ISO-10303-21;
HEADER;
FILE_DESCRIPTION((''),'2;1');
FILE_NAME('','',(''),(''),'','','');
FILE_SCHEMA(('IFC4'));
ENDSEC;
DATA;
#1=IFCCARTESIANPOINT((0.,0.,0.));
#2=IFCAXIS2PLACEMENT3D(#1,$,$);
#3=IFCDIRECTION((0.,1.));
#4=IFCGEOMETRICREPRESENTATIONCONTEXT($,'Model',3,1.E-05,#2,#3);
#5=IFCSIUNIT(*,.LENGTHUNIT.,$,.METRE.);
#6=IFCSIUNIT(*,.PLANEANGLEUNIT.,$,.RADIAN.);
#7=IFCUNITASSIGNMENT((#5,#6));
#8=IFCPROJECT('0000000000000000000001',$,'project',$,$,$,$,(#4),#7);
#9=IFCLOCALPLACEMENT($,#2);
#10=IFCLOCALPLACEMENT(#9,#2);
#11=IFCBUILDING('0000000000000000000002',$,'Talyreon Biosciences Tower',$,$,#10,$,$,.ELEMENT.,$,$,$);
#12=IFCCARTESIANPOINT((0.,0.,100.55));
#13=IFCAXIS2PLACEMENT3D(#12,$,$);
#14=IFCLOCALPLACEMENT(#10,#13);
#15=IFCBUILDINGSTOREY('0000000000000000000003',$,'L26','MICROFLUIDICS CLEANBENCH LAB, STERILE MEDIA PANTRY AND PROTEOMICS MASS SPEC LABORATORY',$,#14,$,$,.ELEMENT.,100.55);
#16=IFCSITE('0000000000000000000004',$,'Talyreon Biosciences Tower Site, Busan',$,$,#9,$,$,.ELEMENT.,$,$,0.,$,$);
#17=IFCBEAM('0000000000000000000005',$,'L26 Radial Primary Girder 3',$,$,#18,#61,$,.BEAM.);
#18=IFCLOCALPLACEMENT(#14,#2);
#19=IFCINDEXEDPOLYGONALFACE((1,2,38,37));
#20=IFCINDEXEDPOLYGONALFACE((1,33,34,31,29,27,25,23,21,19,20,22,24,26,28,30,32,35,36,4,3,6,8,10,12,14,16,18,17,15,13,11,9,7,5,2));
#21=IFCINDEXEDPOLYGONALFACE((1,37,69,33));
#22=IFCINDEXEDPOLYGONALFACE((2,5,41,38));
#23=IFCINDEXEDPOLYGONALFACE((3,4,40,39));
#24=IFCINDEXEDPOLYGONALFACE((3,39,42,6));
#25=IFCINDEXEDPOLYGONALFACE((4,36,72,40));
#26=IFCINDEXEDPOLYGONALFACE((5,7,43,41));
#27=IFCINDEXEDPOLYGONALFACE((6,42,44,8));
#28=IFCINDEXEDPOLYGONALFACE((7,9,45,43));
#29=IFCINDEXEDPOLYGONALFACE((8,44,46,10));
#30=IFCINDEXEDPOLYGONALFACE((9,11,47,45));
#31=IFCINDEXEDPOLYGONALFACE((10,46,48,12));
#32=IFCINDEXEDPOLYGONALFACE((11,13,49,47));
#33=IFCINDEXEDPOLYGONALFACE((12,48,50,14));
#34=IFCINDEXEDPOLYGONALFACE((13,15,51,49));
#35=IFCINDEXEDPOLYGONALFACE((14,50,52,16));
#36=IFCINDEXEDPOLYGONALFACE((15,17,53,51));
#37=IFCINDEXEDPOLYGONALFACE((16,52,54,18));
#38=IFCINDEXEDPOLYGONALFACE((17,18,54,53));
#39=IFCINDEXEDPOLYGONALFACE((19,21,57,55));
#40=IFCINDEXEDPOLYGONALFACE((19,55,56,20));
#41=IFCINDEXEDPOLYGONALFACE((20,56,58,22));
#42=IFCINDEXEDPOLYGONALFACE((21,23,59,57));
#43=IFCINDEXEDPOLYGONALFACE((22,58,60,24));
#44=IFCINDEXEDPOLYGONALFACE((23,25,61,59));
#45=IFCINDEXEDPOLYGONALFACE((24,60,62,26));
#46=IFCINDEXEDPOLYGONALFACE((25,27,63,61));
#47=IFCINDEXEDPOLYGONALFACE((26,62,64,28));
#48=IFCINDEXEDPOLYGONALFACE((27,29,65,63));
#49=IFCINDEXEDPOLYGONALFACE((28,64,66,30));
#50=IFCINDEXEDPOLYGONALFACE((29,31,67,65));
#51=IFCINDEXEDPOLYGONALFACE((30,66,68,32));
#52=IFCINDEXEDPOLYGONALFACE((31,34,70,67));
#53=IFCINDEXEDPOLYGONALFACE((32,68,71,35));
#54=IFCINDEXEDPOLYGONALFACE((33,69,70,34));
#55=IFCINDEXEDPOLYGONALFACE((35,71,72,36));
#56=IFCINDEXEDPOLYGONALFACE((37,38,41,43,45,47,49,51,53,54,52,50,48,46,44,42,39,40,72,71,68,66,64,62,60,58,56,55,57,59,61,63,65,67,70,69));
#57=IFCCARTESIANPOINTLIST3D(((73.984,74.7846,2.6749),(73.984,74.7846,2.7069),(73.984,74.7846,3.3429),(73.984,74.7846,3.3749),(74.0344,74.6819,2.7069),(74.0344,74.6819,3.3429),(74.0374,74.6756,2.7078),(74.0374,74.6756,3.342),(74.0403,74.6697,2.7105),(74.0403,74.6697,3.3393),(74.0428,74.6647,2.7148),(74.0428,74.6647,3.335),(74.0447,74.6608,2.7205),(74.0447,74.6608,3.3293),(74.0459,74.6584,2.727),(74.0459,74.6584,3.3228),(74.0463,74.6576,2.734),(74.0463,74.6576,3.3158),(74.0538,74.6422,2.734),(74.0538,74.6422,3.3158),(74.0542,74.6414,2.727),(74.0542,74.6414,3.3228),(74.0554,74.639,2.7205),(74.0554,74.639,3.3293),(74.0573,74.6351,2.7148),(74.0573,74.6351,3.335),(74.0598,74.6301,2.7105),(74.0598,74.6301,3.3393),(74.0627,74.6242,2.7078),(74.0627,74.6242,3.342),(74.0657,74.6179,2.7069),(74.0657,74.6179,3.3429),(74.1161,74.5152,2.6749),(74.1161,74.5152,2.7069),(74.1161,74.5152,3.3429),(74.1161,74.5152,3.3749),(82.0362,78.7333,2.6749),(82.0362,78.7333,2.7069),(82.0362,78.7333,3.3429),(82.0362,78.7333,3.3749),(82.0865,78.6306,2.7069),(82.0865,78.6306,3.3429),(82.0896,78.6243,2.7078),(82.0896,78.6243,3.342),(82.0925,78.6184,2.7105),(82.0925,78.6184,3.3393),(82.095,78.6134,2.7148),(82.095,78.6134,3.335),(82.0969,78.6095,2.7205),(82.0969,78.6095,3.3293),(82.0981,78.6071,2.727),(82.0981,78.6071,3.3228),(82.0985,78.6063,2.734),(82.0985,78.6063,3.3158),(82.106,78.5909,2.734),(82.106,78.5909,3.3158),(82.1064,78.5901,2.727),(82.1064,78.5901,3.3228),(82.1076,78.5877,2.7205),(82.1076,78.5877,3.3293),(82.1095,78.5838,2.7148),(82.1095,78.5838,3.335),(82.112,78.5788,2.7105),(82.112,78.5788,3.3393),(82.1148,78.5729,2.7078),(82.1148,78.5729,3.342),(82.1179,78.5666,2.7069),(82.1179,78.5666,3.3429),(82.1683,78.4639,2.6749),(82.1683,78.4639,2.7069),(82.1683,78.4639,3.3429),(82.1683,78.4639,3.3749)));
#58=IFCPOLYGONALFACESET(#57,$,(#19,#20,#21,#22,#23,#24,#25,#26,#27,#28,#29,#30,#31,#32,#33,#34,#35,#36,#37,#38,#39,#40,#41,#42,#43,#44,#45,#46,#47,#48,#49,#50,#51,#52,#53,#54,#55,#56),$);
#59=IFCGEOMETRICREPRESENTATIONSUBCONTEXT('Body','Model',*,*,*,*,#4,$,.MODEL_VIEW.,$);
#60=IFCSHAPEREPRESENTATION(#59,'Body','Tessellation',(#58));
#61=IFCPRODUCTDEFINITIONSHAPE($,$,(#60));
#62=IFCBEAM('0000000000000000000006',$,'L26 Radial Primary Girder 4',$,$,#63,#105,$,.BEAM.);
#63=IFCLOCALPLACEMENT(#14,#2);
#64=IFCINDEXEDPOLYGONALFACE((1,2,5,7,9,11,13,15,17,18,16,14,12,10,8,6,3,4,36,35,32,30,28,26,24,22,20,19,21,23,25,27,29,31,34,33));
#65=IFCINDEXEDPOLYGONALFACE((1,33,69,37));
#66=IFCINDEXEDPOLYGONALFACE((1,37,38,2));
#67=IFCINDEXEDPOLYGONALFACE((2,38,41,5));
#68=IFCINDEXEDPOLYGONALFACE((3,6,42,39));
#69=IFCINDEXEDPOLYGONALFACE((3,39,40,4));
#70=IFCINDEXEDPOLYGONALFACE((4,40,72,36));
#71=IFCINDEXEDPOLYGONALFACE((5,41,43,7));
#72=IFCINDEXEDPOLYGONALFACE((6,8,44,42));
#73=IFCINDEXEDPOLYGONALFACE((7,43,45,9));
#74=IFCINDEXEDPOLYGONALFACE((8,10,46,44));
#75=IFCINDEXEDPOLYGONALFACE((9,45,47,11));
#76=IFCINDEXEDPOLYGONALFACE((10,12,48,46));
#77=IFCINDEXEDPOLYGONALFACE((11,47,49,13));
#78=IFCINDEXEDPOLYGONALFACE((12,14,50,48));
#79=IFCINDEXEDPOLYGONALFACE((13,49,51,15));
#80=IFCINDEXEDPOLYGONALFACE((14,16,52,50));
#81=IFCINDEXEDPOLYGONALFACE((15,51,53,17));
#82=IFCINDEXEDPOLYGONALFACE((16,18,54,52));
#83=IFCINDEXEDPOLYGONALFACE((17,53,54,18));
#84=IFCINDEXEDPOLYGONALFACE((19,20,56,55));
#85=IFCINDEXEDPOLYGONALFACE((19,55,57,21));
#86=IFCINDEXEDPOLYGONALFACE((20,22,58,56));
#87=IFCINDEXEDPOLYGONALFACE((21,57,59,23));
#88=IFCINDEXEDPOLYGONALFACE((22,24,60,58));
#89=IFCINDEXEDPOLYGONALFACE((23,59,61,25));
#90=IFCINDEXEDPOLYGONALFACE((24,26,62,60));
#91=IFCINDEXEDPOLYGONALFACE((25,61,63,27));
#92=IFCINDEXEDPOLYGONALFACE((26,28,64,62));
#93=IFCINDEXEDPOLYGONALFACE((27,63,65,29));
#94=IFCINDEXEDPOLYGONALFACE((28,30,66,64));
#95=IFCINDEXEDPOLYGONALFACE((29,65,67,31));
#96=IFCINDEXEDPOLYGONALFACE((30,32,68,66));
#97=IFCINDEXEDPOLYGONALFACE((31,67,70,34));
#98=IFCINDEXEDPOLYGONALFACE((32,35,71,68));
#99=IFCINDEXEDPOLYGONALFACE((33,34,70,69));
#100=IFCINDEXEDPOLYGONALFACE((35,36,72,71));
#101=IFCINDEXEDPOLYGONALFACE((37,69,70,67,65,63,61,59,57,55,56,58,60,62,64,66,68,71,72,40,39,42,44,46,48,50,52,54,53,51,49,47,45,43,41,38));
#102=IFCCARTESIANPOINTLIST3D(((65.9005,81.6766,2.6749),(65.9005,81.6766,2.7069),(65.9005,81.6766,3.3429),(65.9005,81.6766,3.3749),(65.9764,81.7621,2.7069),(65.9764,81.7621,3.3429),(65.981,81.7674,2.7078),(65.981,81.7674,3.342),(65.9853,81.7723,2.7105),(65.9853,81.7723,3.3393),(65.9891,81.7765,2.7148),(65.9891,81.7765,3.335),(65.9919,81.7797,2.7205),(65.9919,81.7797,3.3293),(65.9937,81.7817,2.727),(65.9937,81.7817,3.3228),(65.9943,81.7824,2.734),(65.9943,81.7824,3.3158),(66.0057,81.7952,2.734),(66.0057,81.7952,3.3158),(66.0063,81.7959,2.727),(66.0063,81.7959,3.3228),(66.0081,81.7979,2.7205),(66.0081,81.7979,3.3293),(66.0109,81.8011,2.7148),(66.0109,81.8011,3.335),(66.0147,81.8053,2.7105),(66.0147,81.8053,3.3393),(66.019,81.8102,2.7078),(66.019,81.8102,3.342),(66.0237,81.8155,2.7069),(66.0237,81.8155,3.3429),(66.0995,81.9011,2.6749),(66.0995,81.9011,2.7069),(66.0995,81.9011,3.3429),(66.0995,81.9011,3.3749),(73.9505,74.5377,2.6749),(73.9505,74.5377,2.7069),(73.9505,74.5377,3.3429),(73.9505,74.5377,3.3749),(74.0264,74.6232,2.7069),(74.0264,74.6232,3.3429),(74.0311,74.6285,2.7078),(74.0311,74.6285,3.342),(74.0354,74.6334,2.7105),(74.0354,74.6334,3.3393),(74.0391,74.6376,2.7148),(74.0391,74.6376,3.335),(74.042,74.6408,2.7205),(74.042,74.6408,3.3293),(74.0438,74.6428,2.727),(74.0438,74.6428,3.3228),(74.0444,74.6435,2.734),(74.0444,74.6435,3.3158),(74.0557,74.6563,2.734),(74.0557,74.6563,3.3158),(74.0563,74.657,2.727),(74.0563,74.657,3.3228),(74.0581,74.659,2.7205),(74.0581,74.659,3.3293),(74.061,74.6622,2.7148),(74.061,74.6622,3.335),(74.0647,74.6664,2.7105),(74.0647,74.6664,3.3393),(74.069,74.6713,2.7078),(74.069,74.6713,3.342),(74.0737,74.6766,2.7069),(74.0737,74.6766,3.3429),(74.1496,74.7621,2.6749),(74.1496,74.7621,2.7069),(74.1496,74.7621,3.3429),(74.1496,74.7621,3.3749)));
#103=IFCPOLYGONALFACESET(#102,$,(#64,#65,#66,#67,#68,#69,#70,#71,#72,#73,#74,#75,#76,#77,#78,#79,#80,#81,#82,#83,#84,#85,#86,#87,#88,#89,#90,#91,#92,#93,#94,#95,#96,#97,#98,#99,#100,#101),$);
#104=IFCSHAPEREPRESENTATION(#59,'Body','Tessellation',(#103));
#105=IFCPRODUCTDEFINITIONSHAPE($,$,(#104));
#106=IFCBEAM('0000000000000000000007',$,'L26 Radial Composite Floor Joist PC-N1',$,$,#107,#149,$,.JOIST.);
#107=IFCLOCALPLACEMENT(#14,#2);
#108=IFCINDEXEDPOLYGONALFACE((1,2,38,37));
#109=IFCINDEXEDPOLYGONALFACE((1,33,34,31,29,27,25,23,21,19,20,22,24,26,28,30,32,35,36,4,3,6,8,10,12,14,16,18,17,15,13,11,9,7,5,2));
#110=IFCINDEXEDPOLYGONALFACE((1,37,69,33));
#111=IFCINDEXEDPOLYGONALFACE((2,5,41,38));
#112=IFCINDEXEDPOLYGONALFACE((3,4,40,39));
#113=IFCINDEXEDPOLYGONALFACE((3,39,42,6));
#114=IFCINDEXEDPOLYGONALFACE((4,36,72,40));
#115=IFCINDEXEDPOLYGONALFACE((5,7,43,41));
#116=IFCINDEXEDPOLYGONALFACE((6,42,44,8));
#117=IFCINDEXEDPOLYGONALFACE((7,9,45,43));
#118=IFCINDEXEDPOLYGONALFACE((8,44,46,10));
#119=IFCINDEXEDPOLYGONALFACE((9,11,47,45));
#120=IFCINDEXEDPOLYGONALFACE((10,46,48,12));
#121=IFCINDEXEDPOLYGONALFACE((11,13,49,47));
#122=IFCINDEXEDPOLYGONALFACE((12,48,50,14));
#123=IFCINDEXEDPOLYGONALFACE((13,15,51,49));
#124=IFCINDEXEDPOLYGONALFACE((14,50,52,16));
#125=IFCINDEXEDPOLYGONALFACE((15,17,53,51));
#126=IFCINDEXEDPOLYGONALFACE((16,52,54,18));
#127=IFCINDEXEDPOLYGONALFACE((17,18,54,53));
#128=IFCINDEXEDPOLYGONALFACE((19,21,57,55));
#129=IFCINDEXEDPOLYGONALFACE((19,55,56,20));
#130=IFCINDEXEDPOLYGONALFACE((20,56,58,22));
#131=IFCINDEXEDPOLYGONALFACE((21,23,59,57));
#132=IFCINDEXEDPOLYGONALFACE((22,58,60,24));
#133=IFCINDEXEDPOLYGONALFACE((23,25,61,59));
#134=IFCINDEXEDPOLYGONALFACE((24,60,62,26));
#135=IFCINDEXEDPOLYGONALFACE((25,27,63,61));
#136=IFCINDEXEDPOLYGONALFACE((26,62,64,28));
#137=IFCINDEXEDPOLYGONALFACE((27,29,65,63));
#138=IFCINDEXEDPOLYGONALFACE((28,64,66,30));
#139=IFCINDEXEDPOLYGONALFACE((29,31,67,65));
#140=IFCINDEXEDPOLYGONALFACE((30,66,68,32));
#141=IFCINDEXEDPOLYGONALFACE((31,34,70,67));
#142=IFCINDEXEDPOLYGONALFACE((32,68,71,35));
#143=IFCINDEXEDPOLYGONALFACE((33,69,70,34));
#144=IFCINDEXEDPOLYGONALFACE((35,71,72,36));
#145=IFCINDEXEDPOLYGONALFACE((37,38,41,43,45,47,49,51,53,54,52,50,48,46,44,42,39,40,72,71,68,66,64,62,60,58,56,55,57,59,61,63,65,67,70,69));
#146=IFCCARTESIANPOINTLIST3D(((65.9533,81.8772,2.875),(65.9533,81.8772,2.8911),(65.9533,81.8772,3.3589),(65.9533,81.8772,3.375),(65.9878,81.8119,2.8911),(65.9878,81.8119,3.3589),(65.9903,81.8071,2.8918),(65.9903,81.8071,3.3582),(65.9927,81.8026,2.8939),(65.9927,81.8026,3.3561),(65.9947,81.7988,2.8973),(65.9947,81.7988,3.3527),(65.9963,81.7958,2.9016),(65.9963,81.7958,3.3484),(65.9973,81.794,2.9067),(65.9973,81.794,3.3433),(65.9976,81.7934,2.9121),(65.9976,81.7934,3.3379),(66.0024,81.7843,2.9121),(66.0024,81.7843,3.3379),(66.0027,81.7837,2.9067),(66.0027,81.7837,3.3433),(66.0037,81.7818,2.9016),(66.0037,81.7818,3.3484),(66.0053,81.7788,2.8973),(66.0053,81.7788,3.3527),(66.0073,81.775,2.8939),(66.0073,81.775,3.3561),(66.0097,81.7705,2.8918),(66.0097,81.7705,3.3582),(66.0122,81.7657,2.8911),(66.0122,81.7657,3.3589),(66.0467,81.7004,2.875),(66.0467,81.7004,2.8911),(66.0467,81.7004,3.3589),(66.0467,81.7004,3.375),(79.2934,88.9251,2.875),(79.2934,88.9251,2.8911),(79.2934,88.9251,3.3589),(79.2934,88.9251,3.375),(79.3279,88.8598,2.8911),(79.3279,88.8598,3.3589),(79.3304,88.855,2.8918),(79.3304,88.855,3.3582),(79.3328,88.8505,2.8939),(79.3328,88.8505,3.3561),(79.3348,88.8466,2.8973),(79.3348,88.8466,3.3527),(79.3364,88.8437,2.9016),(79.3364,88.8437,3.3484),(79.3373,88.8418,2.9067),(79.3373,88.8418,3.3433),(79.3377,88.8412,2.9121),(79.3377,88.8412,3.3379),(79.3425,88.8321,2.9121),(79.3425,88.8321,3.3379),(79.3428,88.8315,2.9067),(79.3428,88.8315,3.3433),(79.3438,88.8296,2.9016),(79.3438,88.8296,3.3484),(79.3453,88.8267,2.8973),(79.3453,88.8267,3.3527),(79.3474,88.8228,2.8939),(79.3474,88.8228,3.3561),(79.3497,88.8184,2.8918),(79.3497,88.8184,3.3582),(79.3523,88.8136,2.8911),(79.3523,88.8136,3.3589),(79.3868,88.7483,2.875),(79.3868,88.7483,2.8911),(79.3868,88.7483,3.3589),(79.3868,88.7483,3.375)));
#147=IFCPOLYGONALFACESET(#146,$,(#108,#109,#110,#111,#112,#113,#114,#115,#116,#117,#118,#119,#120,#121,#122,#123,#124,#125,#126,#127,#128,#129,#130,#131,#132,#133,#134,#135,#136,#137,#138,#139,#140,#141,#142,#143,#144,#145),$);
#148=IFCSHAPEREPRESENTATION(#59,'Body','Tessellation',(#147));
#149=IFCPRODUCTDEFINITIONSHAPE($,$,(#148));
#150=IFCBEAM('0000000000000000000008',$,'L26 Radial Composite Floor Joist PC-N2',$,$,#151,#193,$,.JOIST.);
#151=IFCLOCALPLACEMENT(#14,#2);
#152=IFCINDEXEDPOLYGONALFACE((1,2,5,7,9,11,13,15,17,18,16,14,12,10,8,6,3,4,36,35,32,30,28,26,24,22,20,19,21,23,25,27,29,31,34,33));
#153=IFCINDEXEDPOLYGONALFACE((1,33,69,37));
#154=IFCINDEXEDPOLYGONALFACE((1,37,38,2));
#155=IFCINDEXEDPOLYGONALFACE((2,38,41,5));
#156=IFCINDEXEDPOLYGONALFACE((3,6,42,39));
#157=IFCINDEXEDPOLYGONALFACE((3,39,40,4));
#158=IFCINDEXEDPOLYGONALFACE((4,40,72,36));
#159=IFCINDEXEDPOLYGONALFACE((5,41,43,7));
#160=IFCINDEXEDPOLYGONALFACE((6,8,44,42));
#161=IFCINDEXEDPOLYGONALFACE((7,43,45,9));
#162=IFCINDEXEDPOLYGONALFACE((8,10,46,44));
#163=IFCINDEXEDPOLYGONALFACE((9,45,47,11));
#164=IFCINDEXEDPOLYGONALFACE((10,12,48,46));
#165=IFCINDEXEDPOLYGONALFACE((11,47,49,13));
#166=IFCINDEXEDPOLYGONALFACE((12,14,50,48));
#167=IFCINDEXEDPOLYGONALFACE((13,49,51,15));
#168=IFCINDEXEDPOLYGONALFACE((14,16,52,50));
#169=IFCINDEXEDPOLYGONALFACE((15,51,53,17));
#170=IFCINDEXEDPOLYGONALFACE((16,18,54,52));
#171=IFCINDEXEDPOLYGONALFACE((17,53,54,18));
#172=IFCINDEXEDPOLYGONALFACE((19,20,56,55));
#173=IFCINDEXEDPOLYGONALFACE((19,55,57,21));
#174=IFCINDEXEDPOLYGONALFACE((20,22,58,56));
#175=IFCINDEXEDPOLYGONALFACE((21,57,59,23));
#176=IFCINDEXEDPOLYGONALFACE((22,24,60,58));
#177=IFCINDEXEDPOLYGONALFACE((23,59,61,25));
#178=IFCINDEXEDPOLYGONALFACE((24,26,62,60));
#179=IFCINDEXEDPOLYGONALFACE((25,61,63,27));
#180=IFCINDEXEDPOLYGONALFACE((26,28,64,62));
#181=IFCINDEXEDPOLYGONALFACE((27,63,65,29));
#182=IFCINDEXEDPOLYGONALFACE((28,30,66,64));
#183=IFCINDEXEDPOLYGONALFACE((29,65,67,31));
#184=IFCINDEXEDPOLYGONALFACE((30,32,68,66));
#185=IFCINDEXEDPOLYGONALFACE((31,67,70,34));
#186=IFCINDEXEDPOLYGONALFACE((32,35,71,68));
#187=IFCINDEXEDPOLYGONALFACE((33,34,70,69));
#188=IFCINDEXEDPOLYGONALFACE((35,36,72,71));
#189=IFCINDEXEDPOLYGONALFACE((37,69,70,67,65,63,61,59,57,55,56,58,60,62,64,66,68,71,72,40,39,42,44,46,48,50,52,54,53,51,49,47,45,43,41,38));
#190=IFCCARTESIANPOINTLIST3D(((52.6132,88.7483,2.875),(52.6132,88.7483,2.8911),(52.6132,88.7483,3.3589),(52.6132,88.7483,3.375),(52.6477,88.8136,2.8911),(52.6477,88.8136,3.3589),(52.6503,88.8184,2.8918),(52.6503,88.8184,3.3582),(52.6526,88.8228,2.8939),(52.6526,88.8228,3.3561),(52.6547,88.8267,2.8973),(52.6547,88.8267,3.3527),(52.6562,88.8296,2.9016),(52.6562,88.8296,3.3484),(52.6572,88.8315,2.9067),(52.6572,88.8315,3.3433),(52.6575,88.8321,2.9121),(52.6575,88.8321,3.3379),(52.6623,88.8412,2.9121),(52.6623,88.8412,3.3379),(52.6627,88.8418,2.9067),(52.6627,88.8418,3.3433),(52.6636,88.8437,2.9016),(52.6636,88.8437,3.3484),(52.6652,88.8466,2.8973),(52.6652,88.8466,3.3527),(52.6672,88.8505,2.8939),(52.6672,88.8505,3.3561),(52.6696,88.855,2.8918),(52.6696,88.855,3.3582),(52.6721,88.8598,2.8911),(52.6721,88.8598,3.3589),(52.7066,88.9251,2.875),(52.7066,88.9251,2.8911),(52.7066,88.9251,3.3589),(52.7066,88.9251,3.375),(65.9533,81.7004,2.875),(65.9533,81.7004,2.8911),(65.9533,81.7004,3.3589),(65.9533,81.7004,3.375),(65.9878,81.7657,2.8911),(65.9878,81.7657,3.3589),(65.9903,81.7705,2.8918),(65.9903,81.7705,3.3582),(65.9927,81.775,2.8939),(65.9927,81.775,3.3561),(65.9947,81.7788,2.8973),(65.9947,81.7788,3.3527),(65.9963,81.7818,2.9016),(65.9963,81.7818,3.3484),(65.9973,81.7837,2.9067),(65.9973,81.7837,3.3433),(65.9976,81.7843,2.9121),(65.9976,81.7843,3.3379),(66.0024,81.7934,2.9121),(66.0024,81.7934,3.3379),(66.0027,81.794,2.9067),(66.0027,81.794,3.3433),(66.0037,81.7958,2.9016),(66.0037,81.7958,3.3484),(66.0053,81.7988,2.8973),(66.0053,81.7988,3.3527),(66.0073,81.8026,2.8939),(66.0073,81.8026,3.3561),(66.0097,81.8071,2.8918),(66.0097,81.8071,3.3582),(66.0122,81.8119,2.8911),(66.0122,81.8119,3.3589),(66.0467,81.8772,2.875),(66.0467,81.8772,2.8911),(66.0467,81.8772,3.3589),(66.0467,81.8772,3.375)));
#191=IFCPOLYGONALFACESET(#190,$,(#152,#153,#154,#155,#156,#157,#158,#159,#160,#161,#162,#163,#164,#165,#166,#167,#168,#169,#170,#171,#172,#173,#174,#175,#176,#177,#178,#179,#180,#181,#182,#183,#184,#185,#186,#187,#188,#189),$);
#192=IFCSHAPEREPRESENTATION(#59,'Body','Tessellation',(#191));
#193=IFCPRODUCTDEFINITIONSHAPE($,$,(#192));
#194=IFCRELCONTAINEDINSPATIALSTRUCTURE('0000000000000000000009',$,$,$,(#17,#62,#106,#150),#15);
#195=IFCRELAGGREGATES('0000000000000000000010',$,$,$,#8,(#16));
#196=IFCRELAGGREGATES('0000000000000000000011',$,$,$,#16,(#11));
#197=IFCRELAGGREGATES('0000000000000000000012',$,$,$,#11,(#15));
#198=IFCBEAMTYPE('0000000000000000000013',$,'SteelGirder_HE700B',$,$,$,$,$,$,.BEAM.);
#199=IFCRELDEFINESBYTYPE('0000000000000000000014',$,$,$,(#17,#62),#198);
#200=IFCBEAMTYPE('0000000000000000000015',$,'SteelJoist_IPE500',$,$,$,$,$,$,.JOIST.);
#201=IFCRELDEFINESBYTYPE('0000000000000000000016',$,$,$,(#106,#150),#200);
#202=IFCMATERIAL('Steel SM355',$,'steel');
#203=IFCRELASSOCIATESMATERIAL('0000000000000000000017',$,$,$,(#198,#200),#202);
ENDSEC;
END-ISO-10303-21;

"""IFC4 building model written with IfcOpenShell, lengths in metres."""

from ifc_helpers import new_model, si_unit, direction, frame, origin, origin_2d, place, context, subcontext, project, spatial, i_section, extrude, material, material_profile, profile_set, type_object, element, save


model = new_model("IFC4")

# Units and contexts
model_context = context("Model", 3, precision=1e-05, world=origin(), true_north=direction((0.0, 1.0)))
body_context = subcontext(model_context, "Body", "Model", "MODEL_VIEW")
ifc_project = project(units=[si_unit("LENGTHUNIT", "METRE"), si_unit("PLANEANGLEUNIT", "RADIAN")], contexts=[model_context])

# Site, building, storey
site_placement = place(None, origin())
site = spatial("IfcSite", under=ifc_project, at=site_placement, Name="Talyreon Biosciences Tower Site, Busan", CompositionType="ELEMENT", RefElevation=0.0)
building_placement = place(site_placement, origin())
building = spatial("IfcBuilding", under=site, at=building_placement, Name="Talyreon Biosciences Tower", CompositionType="ELEMENT")
storey_placement = place(building_placement, frame((0.0, 0.0, 100.55)))
storey = spatial("IfcBuildingStorey", under=building, at=storey_placement, Name="L26", Description="MICROFLUIDICS CLEANBENCH LAB, STERILE MEDIA PANTRY AND PROTEOMICS MASS SPEC LABORATORY", CompositionType="ELEMENT", Elevation=100.55)

# Beams
ifc_material_1 = material(Name="Steel SM355", Category="steel")
ifc_material_profile_1 = material_profile(ifc_material_1, i_section(OverallWidth=0.3, OverallDepth=0.7, WebThickness=0.0171, FlangeThickness=0.032, FilletRadius=0.0271, at=origin_2d()), Name="HE700B")
ifc_profile_set_1 = profile_set([ifc_material_profile_1], Name="Steel SM355")
beam_type_1 = type_object("IfcBeamType", Name="SteelGirder_HE700B", PredefinedType="BEAM", material=ifc_profile_set_1)
beam_1_placement = place(storey_placement, frame((74.05, 74.6499, 3.0249), z_axis=(0.897852, 0.440297, 0.0), x_axis=(-0.440297, 0.897852, 0.0)))
element("IfcBeam", 1, at=beam_1_placement, inside=storey, type_object=beam_type_1, Name="L26 Radial Primary Girder 3", PredefinedType="BEAM", context=body_context, shape_type="SweptSolid", body=[
    extrude(i_section(OverallWidth=0.3, OverallDepth=0.7, WebThickness=0.0171, FlangeThickness=0.032, FilletRadius=0.0271, at=origin_2d()), origin(), (0.0, 0.0, 1.0), 8.9683),
])
beam_2_placement = place(storey_placement, frame((74.05, 74.6499, 3.0249), z_axis=(-0.748179, 0.663497, 0.0), x_axis=(-0.663497, -0.748179, 0.0)))
element("IfcBeam", 2, at=beam_2_placement, inside=storey, type_object=beam_type_1, Name="L26 Radial Primary Girder 4", PredefinedType="BEAM", context=body_context, shape_type="SweptSolid", body=[
    extrude(i_section(OverallWidth=0.3, OverallDepth=0.7, WebThickness=0.0171, FlangeThickness=0.032, FilletRadius=0.0271, at=origin_2d()), origin(), (0.0, 0.0, 1.0), 10.7595),
])
ifc_material_profile_2 = material_profile(ifc_material_1, i_section(OverallWidth=0.2, OverallDepth=0.5, WebThickness=0.0103, FlangeThickness=0.0161, FilletRadius=0.021, at=origin_2d()), Name="IPE500")
ifc_profile_set_2 = profile_set([ifc_material_profile_2], Name="Steel SM355")
beam_type_2 = type_object("IfcBeamType", Name="SteelJoist_IPE500", PredefinedType="JOIST", material=ifc_profile_set_2)
for number, where, z_axis, x_axis, name in (
    (3, (66.0, 81.7888, 3.125), (0.884186, 0.467134, 0.0), (-0.467134, 0.884186, 0.0), "L26 Radial Composite Floor Joist PC-N1"),
    (4, (66.0, 81.7888, 3.125), (-0.884186, 0.467134, 0.0), (-0.467134, -0.884186, 0.0), "L26 Radial Composite Floor Joist PC-N2"),
):
    element("IfcBeam", number, at=place(storey_placement, frame(where, z_axis=z_axis, x_axis=x_axis)), inside=storey, type_object=beam_type_2, Name=name, PredefinedType="JOIST", context=body_context, shape_type="SweptSolid", body=[
        extrude(i_section(OverallWidth=0.2, OverallDepth=0.5, WebThickness=0.0103, FlangeThickness=0.0161, FilletRadius=0.021, at=origin_2d()), origin(), (0.0, 0.0, 1.0), 15.0874),
    ])

save(model, "model.ifc")
